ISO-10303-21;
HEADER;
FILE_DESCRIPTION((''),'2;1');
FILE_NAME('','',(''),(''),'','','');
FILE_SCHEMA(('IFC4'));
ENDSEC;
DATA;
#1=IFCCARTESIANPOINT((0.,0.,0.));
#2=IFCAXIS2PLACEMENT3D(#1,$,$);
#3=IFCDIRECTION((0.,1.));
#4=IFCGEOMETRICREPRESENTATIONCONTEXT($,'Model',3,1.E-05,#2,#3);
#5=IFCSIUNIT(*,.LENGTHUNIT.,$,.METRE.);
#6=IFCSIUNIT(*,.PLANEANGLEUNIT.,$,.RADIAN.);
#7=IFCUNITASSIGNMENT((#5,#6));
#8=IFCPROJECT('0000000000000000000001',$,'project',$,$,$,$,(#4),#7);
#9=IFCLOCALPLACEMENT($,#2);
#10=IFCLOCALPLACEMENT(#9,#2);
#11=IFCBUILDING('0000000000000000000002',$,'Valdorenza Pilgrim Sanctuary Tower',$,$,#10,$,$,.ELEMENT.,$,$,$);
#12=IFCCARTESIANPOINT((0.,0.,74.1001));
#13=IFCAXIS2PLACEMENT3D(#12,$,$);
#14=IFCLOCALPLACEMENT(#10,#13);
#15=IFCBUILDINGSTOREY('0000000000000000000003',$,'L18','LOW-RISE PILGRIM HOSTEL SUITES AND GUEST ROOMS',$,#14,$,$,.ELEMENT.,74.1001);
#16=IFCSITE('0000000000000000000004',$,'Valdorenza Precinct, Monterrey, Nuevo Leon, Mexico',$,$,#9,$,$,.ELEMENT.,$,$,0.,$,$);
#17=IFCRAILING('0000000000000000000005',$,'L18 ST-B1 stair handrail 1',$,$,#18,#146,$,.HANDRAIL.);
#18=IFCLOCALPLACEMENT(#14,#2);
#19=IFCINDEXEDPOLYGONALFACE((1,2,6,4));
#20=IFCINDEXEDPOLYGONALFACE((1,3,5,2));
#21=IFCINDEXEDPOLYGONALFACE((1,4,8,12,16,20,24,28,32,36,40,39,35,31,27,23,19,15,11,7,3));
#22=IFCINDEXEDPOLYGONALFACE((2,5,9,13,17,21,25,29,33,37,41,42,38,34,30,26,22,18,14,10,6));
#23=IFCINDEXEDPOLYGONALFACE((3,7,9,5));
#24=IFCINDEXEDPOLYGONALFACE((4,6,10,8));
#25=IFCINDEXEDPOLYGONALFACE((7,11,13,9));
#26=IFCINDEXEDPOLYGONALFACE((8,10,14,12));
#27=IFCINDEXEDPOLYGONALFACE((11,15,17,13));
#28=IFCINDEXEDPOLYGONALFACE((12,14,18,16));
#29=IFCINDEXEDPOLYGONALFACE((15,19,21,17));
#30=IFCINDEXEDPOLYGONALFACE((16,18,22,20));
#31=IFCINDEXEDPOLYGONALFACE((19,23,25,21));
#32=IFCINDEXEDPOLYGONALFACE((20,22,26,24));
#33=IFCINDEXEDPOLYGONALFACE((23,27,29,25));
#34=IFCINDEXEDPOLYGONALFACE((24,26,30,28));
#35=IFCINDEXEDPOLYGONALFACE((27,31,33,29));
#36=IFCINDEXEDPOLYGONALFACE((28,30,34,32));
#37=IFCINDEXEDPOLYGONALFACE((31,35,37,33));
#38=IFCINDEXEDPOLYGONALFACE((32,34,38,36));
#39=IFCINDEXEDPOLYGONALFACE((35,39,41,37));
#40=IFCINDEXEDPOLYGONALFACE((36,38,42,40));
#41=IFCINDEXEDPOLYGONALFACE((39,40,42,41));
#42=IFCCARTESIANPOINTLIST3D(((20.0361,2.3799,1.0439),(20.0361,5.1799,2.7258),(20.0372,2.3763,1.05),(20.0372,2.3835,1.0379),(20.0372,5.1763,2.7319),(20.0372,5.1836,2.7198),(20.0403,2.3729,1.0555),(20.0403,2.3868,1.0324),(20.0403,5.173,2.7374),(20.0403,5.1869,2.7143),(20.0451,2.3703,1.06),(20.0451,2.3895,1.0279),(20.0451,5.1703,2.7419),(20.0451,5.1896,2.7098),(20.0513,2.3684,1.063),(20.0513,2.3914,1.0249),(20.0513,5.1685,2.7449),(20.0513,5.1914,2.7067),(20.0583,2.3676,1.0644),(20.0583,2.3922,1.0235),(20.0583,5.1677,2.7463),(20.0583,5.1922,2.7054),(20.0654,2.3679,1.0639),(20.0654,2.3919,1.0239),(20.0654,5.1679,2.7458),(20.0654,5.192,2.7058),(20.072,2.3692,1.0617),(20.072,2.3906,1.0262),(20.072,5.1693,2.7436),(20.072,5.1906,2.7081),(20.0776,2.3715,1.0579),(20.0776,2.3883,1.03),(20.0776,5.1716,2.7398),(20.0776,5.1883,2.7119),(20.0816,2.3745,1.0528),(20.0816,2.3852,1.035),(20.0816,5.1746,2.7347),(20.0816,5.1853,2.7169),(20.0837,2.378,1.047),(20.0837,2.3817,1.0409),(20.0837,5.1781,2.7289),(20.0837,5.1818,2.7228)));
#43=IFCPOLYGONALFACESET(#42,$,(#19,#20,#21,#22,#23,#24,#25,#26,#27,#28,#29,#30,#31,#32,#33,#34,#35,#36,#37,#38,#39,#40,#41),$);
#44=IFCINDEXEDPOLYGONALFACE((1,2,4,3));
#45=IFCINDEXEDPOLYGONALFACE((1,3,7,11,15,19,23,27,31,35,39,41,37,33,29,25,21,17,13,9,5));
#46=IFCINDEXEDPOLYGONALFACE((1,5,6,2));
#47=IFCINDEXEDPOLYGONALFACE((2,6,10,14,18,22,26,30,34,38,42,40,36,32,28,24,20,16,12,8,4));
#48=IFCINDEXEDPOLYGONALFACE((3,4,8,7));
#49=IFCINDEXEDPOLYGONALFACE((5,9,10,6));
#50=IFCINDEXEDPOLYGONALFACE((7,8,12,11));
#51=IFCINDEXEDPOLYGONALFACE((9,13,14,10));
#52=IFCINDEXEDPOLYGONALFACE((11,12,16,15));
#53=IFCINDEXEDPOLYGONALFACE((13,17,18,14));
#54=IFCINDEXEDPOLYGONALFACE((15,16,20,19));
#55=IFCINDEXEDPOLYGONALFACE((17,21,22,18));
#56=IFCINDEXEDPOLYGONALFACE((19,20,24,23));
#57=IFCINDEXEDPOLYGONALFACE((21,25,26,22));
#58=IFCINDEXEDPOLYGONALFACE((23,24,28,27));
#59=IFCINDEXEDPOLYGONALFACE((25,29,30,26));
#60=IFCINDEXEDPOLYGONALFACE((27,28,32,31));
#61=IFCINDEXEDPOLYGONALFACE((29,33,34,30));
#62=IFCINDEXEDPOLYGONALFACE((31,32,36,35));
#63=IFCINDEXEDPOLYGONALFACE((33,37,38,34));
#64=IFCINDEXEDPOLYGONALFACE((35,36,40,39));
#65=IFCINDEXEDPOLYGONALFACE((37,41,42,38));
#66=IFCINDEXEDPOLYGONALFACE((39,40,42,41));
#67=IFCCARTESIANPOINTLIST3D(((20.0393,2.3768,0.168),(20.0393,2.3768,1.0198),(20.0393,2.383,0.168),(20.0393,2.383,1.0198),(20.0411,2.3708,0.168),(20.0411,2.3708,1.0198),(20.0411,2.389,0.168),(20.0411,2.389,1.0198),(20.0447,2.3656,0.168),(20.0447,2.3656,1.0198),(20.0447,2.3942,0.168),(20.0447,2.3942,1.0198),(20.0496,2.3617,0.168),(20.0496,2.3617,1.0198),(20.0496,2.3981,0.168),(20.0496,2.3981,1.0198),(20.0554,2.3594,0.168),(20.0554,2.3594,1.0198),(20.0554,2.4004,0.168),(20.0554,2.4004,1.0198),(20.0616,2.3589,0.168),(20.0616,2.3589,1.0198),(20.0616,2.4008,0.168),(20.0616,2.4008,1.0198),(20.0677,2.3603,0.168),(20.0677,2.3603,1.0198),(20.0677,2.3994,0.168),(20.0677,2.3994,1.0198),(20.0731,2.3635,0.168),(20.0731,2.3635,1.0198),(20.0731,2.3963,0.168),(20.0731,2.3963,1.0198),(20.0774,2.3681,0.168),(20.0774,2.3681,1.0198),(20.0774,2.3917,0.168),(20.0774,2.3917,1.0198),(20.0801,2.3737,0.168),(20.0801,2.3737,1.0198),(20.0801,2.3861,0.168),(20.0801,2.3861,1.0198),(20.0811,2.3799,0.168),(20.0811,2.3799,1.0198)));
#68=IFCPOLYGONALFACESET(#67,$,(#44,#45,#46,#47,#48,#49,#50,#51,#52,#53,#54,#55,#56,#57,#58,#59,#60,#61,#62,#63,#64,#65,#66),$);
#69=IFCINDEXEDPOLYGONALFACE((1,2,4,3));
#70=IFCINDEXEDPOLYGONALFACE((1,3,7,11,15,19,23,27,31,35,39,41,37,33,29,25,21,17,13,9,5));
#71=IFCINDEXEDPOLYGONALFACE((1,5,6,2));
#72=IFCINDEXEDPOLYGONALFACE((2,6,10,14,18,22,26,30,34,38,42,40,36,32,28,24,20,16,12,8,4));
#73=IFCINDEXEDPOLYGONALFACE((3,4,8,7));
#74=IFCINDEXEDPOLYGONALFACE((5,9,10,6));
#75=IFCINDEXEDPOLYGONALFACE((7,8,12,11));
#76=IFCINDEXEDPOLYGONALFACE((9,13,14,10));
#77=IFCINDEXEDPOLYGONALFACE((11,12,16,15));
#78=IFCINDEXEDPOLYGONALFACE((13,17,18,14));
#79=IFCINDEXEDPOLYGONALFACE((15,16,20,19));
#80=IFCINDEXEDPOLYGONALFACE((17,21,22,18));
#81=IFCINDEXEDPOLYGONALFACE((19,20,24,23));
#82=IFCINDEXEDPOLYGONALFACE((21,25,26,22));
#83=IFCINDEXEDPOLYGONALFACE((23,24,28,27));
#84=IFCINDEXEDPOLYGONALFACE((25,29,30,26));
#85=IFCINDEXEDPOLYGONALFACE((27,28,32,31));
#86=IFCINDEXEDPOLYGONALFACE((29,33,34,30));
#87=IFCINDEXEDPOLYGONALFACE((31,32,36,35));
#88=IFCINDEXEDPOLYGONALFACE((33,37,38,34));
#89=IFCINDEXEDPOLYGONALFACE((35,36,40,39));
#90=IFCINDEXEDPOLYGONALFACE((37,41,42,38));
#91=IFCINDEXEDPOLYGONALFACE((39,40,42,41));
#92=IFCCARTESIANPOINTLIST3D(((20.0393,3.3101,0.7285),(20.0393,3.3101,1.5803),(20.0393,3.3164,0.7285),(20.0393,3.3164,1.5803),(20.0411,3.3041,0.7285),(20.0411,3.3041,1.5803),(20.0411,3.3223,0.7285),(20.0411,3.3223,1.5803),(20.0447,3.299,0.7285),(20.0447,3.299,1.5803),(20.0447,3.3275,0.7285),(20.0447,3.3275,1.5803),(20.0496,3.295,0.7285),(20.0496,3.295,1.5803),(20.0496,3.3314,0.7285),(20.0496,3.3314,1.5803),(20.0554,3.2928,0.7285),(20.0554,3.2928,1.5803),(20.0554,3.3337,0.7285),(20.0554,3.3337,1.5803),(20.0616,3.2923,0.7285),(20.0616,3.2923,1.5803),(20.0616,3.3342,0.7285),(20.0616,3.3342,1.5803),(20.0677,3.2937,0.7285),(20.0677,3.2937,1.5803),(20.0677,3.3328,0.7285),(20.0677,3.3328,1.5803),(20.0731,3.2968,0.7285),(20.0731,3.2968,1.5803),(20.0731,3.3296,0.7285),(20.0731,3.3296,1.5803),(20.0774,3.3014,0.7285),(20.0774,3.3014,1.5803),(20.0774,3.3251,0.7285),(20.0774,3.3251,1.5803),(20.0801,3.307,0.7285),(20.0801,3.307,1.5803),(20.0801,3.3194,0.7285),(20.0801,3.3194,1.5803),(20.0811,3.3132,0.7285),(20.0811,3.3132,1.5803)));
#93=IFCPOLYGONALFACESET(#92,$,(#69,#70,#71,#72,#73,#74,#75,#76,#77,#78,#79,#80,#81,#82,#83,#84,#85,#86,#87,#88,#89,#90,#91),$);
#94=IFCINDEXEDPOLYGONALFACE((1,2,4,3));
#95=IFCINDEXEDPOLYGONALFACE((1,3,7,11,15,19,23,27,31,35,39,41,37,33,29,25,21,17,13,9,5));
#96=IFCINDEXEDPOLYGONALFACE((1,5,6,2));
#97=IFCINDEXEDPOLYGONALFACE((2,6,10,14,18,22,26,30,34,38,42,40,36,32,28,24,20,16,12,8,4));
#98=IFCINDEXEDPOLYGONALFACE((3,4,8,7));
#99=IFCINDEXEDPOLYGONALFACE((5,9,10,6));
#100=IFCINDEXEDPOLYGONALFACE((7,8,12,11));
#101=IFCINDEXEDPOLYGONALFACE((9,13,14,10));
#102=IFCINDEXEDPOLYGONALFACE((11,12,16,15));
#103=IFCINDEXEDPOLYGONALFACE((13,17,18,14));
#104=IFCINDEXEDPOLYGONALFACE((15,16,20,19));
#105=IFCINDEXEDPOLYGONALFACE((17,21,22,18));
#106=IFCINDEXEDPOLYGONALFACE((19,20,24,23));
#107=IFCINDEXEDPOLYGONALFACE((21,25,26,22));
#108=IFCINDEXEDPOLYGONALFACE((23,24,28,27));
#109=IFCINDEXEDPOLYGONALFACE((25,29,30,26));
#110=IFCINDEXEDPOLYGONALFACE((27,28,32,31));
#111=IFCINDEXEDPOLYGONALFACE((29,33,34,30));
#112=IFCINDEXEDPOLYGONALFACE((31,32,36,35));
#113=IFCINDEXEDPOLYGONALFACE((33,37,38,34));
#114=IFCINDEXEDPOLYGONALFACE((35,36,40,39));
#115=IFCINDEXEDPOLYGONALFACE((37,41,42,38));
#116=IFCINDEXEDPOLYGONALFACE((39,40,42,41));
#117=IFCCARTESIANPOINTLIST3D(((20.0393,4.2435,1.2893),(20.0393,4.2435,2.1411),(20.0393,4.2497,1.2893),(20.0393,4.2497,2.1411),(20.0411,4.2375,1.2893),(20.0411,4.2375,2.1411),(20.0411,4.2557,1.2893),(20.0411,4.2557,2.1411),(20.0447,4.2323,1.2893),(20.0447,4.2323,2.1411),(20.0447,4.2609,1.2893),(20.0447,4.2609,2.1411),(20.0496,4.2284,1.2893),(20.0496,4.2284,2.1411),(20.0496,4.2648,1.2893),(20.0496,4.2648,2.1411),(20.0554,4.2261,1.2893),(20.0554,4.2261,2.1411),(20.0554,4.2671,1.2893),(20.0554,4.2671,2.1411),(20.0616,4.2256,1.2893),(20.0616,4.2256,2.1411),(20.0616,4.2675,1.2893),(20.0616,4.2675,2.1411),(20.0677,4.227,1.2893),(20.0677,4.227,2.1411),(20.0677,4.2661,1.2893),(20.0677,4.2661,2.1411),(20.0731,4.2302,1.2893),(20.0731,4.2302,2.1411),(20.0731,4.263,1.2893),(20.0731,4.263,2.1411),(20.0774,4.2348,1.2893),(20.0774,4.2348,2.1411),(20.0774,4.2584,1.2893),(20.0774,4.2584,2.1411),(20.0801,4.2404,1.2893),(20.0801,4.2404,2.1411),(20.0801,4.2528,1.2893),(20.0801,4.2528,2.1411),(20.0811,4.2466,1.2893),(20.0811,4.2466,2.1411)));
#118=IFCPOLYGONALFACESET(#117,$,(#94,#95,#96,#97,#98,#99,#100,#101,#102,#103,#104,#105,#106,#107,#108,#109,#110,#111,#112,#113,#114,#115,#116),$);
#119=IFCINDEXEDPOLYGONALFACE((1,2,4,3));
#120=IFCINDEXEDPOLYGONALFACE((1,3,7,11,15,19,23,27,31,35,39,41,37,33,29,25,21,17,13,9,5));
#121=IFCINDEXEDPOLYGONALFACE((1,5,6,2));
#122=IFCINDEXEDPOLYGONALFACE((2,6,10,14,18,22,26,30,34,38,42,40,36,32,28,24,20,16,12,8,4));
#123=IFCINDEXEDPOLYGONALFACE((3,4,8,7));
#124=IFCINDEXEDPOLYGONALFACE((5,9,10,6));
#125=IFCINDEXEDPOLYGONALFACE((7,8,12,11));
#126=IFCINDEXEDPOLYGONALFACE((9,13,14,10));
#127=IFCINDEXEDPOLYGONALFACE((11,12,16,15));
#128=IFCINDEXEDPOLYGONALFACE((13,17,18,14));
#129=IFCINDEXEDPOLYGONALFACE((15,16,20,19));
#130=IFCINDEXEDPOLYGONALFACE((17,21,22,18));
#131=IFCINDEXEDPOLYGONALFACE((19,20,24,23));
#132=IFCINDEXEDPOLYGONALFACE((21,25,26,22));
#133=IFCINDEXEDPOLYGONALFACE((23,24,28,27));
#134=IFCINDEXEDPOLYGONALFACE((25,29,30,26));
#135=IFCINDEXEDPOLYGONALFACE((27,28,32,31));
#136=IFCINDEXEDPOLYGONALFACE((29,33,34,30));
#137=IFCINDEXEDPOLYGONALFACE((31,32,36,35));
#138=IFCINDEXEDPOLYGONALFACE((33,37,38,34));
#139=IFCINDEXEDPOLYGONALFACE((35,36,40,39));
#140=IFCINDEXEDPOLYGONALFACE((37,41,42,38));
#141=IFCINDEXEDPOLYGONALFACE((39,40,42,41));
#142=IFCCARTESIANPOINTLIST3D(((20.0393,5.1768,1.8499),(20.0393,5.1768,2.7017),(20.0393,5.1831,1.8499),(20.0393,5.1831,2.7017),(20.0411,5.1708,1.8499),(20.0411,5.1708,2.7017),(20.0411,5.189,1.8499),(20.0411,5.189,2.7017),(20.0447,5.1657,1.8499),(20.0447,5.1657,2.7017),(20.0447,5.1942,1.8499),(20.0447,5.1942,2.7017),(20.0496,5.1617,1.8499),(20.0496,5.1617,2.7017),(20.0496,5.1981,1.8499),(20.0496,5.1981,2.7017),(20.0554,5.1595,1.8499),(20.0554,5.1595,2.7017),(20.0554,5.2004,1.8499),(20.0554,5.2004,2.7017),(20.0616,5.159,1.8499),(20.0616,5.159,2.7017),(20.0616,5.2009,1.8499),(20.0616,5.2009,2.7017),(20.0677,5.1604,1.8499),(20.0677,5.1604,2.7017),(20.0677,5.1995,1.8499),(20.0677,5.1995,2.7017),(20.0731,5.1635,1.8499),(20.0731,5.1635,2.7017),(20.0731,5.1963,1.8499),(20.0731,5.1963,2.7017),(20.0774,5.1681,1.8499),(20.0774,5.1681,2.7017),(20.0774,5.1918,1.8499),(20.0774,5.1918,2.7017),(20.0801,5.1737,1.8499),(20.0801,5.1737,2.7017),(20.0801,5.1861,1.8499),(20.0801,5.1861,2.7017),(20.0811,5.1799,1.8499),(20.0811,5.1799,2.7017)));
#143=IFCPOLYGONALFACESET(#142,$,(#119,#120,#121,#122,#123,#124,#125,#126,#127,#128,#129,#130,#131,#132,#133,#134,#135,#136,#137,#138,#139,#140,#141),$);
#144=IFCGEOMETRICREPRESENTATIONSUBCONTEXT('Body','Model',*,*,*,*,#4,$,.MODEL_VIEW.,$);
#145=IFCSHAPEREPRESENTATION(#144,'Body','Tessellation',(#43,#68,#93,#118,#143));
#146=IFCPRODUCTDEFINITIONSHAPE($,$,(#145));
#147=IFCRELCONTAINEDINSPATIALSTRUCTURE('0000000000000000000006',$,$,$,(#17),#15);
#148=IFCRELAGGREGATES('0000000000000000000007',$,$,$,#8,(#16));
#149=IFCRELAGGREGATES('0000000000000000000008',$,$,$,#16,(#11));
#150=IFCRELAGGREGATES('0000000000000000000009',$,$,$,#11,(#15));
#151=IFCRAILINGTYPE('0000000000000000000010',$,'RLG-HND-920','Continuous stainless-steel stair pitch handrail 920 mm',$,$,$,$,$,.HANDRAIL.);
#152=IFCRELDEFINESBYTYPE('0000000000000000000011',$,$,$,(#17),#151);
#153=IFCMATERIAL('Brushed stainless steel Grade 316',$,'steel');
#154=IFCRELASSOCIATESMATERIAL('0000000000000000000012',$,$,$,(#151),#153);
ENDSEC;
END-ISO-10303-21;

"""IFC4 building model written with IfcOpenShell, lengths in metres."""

from ifc_helpers import new_model, si_unit, direction, frame, origin, origin_2d, place, context, subcontext, project, spatial, circle, extrude, material, type_object, element, save


model = new_model("IFC4")

# Units and contexts
model_context = context("Model", 3, precision=1e-05, world=origin(), true_north=direction((0.0, 1.0)))
body_context = subcontext(model_context, "Body", "Model", "MODEL_VIEW")
ifc_project = project(units=[si_unit("LENGTHUNIT", "METRE"), si_unit("PLANEANGLEUNIT", "RADIAN")], contexts=[model_context])

# Site, building, storey
site_placement = place(None, origin())
site = spatial("IfcSite", under=ifc_project, at=site_placement, Name="Valdorenza Precinct, Monterrey, Nuevo Leon, Mexico", CompositionType="ELEMENT", RefElevation=0.0)
building_placement = place(site_placement, origin())
building = spatial("IfcBuilding", under=site, at=building_placement, Name="Valdorenza Pilgrim Sanctuary Tower", CompositionType="ELEMENT")
storey_placement = place(building_placement, frame((0.0, 0.0, 74.1001)))
storey = spatial("IfcBuildingStorey", under=building, at=storey_placement, Name="L18", Description="LOW-RISE PILGRIM HOSTEL SUITES AND GUEST ROOMS", CompositionType="ELEMENT", Elevation=74.1001)

# Railing
ifc_material_1 = material(Name="Brushed stainless steel Grade 316", Category="steel")
railing_type_1 = type_object("IfcRailingType", Name="RLG-HND-920", Description="Continuous stainless-steel stair pitch handrail 920 mm", PredefinedType="HANDRAIL", material=ifc_material_1)
railing_1_placement = place(storey_placement, frame((20.0601, 2.3799, 0.168)))
element("IfcRailing", 1, at=railing_1_placement, inside=storey, type_object=railing_type_1, Name="L18 ST-B1 stair handrail 1", PredefinedType="HANDRAIL", context=body_context, shape_type="SweptSolid", body=[
    extrude(circle(Radius=0.0239, at=origin_2d()), frame((0.0, 0.0, 0.876), z_axis=(0.0, 0.857242, 0.514913), x_axis=(-1.0, 0.0, 0.0)), (0.0, 0.0, 1.0), 3.2664),
    extrude(circle(Radius=0.021, at=origin_2d()), origin(), (0.0, 0.0, 1.0), 0.8518),
    extrude(circle(Radius=0.021, at=origin_2d()), frame((0.0, 0.9333, 0.5605)), (0.0, 0.0, 1.0), 0.8518),
    extrude(circle(Radius=0.021, at=origin_2d()), frame((0.0, 1.8667, 1.1213)), (0.0, 0.0, 1.0), 0.8518),
    extrude(circle(Radius=0.021, at=origin_2d()), frame((0.0, 2.8, 1.6819)), (0.0, 0.0, 1.0), 0.8518),
])

save(model, "model.ifc")
